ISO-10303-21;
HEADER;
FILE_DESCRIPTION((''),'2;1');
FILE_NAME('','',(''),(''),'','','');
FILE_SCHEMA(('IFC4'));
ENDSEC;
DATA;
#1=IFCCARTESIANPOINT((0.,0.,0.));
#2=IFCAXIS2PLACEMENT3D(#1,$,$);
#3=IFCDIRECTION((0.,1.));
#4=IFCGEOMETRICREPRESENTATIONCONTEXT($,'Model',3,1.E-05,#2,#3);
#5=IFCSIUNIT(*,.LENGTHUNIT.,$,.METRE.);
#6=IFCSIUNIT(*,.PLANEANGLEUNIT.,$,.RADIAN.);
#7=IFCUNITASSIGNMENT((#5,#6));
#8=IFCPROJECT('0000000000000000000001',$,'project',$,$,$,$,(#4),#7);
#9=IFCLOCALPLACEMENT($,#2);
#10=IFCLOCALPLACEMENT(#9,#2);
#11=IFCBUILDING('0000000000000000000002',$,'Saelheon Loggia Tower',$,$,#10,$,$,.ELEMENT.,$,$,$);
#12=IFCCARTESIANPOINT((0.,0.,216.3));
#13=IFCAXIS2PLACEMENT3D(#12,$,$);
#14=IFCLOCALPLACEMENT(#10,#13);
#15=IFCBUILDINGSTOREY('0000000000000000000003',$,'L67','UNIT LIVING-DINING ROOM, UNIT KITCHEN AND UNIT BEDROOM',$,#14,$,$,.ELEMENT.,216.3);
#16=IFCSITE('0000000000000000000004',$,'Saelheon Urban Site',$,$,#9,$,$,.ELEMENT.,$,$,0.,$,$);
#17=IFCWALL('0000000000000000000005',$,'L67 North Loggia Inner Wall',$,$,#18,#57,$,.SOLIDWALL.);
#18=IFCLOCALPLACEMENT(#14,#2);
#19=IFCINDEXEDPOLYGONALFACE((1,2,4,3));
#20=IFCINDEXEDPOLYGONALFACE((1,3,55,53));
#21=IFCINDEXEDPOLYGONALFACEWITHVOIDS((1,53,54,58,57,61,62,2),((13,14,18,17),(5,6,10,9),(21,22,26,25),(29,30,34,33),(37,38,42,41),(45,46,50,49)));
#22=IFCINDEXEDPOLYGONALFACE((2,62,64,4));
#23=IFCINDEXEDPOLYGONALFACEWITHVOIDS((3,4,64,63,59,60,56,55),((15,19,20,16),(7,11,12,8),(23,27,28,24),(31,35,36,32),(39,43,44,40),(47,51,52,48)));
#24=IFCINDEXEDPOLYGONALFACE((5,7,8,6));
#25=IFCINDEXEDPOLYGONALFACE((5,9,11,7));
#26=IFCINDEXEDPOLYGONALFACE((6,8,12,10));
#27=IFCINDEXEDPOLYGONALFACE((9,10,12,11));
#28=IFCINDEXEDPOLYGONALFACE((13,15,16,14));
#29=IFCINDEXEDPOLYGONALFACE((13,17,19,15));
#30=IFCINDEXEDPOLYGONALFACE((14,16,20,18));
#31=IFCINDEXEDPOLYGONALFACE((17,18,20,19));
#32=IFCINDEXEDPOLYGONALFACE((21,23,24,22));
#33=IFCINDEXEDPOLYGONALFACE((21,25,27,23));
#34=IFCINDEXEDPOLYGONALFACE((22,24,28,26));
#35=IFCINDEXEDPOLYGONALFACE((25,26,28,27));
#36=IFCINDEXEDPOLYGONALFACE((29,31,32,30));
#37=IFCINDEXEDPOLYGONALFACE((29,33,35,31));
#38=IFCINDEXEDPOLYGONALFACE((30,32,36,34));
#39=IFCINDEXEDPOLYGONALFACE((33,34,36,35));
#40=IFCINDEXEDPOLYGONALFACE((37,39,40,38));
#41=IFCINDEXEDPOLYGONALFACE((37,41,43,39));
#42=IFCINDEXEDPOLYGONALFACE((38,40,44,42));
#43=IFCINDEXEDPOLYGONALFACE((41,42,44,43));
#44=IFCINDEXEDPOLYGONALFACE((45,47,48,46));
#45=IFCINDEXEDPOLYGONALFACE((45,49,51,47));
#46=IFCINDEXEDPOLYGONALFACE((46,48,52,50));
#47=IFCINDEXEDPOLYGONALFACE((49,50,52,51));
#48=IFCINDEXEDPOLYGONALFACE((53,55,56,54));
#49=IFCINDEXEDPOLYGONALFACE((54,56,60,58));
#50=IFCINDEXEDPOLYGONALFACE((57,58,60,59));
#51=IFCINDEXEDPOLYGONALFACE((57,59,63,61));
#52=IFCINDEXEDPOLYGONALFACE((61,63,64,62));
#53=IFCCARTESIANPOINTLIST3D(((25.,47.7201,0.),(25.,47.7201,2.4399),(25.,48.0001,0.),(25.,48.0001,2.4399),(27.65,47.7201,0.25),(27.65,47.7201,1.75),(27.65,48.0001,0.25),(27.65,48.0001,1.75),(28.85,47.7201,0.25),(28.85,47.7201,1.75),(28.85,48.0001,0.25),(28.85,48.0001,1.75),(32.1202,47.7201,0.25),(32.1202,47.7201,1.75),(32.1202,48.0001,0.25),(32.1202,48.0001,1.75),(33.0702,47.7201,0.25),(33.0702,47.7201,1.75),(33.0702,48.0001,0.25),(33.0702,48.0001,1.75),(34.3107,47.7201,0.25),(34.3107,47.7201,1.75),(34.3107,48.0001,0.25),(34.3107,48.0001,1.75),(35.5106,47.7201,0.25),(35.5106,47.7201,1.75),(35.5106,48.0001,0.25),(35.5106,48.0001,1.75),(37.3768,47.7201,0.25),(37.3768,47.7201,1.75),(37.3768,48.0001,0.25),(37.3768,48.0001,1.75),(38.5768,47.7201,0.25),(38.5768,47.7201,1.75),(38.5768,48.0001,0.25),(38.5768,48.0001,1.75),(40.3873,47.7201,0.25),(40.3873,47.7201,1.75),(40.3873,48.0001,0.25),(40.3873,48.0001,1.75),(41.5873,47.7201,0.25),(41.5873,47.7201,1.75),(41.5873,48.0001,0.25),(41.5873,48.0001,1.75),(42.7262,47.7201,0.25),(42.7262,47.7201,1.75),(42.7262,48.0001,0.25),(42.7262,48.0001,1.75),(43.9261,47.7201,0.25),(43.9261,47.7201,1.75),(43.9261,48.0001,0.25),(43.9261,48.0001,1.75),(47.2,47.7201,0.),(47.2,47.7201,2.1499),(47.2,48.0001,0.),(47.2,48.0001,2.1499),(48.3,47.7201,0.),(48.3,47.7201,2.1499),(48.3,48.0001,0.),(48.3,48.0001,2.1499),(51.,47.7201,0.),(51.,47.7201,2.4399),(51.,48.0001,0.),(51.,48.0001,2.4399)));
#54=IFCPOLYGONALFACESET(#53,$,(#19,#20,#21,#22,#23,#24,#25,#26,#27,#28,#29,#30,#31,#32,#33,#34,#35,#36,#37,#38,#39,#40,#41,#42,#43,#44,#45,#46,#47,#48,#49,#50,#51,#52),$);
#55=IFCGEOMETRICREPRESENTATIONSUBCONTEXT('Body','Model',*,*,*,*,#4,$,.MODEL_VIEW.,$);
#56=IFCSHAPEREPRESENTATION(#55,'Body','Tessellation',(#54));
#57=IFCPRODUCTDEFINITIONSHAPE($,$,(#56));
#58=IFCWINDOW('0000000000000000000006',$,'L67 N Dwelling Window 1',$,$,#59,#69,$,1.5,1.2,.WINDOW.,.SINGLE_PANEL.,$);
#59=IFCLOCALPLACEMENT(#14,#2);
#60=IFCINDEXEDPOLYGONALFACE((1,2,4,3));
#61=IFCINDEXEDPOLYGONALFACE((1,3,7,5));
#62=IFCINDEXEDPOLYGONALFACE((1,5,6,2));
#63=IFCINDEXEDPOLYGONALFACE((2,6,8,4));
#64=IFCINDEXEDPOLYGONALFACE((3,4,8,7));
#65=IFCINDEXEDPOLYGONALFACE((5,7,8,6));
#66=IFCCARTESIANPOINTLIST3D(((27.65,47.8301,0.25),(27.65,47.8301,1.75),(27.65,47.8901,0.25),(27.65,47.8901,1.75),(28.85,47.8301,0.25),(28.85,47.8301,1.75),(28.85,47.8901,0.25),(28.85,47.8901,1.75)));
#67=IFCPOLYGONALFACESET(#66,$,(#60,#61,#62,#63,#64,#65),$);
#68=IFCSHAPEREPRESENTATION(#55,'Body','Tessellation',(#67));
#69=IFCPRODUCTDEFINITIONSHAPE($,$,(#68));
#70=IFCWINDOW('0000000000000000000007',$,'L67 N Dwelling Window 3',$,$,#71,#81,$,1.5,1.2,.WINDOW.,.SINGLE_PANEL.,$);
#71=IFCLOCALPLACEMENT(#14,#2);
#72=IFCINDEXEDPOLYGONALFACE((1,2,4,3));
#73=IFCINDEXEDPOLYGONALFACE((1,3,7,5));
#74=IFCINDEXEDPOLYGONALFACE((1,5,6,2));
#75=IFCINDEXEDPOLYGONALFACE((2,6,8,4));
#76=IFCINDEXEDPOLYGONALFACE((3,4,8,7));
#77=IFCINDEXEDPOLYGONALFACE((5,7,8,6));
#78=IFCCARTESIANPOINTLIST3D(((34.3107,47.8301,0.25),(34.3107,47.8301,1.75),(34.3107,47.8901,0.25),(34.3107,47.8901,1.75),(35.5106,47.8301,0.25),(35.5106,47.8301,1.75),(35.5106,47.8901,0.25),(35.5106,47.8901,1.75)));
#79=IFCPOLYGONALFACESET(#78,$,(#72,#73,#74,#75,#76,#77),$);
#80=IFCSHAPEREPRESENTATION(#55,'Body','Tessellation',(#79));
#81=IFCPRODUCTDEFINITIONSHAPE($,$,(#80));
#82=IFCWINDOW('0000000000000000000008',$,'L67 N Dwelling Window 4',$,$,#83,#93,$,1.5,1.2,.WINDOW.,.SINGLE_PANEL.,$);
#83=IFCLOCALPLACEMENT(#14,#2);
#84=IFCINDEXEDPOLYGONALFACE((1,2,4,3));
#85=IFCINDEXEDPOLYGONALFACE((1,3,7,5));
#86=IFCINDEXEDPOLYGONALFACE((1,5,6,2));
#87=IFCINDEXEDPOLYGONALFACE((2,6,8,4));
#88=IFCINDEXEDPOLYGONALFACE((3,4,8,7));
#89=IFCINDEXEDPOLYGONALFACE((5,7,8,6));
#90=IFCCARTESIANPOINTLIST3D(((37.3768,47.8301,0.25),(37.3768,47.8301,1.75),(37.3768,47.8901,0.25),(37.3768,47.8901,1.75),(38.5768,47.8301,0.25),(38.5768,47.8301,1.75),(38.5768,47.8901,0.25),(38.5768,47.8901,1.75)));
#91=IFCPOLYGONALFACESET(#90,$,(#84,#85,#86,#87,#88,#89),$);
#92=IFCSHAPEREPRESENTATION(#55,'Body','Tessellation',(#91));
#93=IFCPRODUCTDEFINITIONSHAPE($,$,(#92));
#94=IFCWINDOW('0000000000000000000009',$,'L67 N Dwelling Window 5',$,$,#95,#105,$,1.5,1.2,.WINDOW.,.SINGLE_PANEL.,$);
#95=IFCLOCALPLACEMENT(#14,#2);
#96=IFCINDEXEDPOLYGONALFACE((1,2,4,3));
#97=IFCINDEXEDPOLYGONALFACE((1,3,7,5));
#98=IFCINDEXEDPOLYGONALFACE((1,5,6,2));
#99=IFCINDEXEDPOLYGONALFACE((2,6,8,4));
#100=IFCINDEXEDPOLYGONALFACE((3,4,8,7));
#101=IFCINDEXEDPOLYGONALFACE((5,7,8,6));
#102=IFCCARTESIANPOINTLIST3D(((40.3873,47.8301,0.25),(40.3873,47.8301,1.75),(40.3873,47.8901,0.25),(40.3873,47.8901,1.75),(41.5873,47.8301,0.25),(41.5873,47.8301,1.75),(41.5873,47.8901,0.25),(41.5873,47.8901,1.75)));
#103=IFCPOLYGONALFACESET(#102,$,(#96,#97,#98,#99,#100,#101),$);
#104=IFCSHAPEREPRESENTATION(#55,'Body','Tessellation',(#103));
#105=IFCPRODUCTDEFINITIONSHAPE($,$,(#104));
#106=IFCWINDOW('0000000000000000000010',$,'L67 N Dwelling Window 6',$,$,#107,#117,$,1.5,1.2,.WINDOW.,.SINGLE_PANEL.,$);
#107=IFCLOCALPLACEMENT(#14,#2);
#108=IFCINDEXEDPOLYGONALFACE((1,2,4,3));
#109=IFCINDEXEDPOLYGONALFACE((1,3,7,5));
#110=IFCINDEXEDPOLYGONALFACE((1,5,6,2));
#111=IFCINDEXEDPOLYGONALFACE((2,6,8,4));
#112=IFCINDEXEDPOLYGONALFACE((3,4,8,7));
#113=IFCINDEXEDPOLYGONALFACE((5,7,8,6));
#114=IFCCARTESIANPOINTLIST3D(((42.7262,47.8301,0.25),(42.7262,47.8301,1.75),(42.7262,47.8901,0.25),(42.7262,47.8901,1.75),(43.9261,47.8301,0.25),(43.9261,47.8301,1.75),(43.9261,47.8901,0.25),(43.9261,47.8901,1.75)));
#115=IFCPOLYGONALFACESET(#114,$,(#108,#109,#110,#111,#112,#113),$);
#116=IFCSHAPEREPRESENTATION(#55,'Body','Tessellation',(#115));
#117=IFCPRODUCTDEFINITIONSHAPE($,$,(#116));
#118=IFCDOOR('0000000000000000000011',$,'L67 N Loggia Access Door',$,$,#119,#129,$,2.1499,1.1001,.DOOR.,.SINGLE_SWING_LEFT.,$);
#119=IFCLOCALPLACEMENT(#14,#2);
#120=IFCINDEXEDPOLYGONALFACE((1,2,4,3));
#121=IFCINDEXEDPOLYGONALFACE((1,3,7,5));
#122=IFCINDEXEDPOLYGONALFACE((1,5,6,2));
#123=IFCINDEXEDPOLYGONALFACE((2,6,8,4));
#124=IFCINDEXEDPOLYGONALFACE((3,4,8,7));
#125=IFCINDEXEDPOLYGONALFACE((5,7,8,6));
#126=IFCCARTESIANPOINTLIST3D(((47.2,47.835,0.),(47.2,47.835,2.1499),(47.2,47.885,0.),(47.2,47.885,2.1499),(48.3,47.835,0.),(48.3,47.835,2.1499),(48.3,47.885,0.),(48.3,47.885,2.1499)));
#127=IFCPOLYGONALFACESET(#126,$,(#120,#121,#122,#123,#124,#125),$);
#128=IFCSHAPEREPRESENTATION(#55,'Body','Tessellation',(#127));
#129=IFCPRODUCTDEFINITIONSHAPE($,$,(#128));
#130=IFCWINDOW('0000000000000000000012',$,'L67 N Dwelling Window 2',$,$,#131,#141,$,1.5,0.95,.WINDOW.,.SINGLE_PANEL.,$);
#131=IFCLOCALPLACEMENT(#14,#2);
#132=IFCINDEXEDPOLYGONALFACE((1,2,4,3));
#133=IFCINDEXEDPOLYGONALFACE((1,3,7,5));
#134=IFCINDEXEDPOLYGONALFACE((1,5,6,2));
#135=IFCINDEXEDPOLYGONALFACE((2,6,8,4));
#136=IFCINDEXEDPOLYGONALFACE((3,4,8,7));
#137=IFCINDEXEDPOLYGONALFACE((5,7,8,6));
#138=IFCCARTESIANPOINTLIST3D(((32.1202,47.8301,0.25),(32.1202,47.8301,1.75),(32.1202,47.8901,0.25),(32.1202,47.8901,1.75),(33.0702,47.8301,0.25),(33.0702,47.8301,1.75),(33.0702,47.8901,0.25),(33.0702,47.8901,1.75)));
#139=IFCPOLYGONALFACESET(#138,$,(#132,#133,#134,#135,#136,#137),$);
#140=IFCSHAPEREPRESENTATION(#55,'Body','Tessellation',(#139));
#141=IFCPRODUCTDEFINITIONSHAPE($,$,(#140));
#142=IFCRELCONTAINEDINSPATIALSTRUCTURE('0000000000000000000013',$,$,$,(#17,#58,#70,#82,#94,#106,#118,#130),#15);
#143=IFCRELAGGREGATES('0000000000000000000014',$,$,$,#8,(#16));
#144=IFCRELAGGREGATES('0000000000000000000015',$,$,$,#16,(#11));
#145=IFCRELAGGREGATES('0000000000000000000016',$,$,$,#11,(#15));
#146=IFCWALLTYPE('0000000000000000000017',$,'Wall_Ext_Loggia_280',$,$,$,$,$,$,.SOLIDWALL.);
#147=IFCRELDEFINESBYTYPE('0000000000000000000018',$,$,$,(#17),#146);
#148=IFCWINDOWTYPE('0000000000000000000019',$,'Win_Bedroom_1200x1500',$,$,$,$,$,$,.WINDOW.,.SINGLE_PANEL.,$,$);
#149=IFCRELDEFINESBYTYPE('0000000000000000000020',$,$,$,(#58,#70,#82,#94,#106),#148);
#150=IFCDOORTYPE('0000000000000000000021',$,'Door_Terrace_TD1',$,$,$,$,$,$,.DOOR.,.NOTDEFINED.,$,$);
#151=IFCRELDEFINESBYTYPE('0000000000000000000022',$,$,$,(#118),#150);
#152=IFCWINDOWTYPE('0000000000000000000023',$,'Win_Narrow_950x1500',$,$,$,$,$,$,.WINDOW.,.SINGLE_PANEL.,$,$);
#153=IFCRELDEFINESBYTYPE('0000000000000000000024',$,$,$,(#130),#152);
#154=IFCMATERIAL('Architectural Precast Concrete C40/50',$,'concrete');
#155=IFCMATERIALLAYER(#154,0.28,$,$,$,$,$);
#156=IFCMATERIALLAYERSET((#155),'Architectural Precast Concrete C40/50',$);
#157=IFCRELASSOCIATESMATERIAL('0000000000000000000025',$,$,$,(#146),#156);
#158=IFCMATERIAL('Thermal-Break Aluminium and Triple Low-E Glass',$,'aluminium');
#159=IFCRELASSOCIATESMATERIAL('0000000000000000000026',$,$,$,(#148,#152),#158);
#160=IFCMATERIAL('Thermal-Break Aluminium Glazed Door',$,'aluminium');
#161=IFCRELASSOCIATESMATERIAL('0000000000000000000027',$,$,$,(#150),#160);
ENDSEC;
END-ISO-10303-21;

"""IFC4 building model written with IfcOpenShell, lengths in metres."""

from ifc_helpers import new_model, si_unit, direction, frame, frame_2d, origin, place, context, subcontext, project, spatial, rectangle, extrude, source, transform, mapped, material, layer, layer_set, type_object, element, fill, save


model = new_model("IFC4")

# Units and contexts
model_context = context("Model", 3, precision=1e-05, world=origin(), true_north=direction((0.0, 1.0)))
body_context = subcontext(model_context, "Body", "Model", "MODEL_VIEW")
ifc_project = project(units=[si_unit("LENGTHUNIT", "METRE"), si_unit("PLANEANGLEUNIT", "RADIAN")], contexts=[model_context])

# Site, building, storey
site_placement = place(None, origin())
site = spatial("IfcSite", under=ifc_project, at=site_placement, Name="Saelheon Urban Site", CompositionType="ELEMENT", RefElevation=0.0)
building_placement = place(site_placement, origin())
building = spatial("IfcBuilding", under=site, at=building_placement, Name="Saelheon Loggia Tower", CompositionType="ELEMENT")
storey_placement = place(building_placement, frame((0.0, 0.0, 216.3)))
storey = spatial("IfcBuildingStorey", under=building, at=storey_placement, Name="L67", Description="UNIT LIVING-DINING ROOM, UNIT KITCHEN AND UNIT BEDROOM", CompositionType="ELEMENT", Elevation=216.3)

# Wall, openings, windows, door
ifc_material_1 = material(Name="Architectural Precast Concrete C40/50", Category="concrete")
ifc_layer_1 = layer(ifc_material_1, 0.28)
ifc_layer_set_1 = layer_set([ifc_layer_1], Name="Architectural Precast Concrete C40/50")
wall_type = type_object("IfcWallType", Name="Wall_Ext_Loggia_280", PredefinedType="SOLIDWALL", material=ifc_layer_set_1)
wall_placement = place(storey_placement, frame((25.0, 47.8601, 0.0), z_axis=(0.0, 0.0, 1.0), x_axis=(1.0, 0.0, 0.0)))
wall = element("IfcWall", 1, at=wall_placement, inside=storey, type_object=wall_type, Name="L67 North Loggia Inner Wall", PredefinedType="SOLIDWALL", context=body_context, shape_type="SweptSolid", body=[
    extrude(rectangle(XDim=26.0, YDim=0.28, at=frame_2d((13.0, 0.0))), origin(), (0.0, 0.0, 1.0), 2.4399),
])
opening_1_placement = place(wall_placement, frame((2.6499, 0.0, 0.25)))
opening_1 = element("IfcOpeningElement", 2, at=opening_1_placement, cuts=wall, PredefinedType="OPENING", context=body_context, shape_type="SweptSolid", body=[
    extrude(rectangle(XDim=1.2, YDim=1.5, at=frame_2d((0.6001, 0.75))), frame((0.0, 0.1521, 0.0), z_axis=(0.0, -1.0, 0.0), x_axis=(1.0, 0.0, 0.0)), (0.0, 0.0, 1.0), 0.304),
])
opening_2_placement = place(wall_placement, frame((7.1201, 0.0, 0.25)))
opening_2 = element("IfcOpeningElement", 3, at=opening_2_placement, cuts=wall, PredefinedType="OPENING", context=body_context, shape_type="SweptSolid", body=[
    extrude(rectangle(XDim=0.95, YDim=1.5, at=frame_2d((0.4751, 0.75))), frame((0.0, 0.1521, 0.0), z_axis=(0.0, -1.0, 0.0), x_axis=(1.0, 0.0, 0.0)), (0.0, 0.0, 1.0), 0.304),
])
opening_3_placement = place(wall_placement, frame((9.3105, 0.0, 0.25)))
opening_3 = element("IfcOpeningElement", 4, at=opening_3_placement, cuts=wall, PredefinedType="OPENING", context=body_context, shape_type="SweptSolid", body=[
    extrude(rectangle(XDim=1.2, YDim=1.5, at=frame_2d((0.6001, 0.75))), frame((0.0, 0.1521, 0.0), z_axis=(0.0, -1.0, 0.0), x_axis=(1.0, 0.0, 0.0)), (0.0, 0.0, 1.0), 0.304),
])
opening_4_placement = place(wall_placement, frame((12.3767, 0.0, 0.25)))
opening_4 = element("IfcOpeningElement", 5, at=opening_4_placement, cuts=wall, PredefinedType="OPENING", context=body_context, shape_type="SweptSolid", body=[
    extrude(rectangle(XDim=1.2, YDim=1.5, at=frame_2d((0.6001, 0.75))), frame((0.0, 0.1521, 0.0), z_axis=(0.0, -1.0, 0.0), x_axis=(1.0, 0.0, 0.0)), (0.0, 0.0, 1.0), 0.304),
])
opening_5_placement = place(wall_placement, frame((15.3872, 0.0, 0.25)))
opening_5 = element("IfcOpeningElement", 6, at=opening_5_placement, cuts=wall, PredefinedType="OPENING", context=body_context, shape_type="SweptSolid", body=[
    extrude(rectangle(XDim=1.2, YDim=1.5, at=frame_2d((0.6001, 0.75))), frame((0.0, 0.1521, 0.0), z_axis=(0.0, -1.0, 0.0), x_axis=(1.0, 0.0, 0.0)), (0.0, 0.0, 1.0), 0.304),
])
opening_6_placement = place(wall_placement, frame((17.7261, 0.0, 0.25)))
opening_6 = element("IfcOpeningElement", 7, at=opening_6_placement, cuts=wall, PredefinedType="OPENING", context=body_context, shape_type="SweptSolid", body=[
    extrude(rectangle(XDim=1.2, YDim=1.5, at=frame_2d((0.6001, 0.75))), frame((0.0, 0.1521, 0.0), z_axis=(0.0, -1.0, 0.0), x_axis=(1.0, 0.0, 0.0)), (0.0, 0.0, 1.0), 0.304),
])
opening_7_placement = place(wall_placement, frame((22.2, 0.0, 0.0)))
opening_7 = element("IfcOpeningElement", 8, at=opening_7_placement, cuts=wall, PredefinedType="OPENING", context=body_context, shape_type="SweptSolid", body=[
    extrude(rectangle(XDim=1.1001, YDim=2.1499, at=frame_2d((0.55, 1.075))), frame((0.0, 0.1521, 0.0), z_axis=(0.0, -1.0, 0.0), x_axis=(1.0, 0.0, 0.0)), (0.0, 0.0, 1.0), 0.304),
])
ifc_material_2 = material(Name="Thermal-Break Aluminium and Triple Low-E Glass", Category="aluminium")
window_type_1 = type_object("IfcWindowType", Name="Win_Bedroom_1200x1500", PartitioningType="SINGLE_PANEL", PredefinedType="WINDOW", material=ifc_material_2)
shared_shape_1 = source(origin(), body_context, "Body", "SweptSolid", [
    extrude(rectangle(XDim=1.2, YDim=1.5, at=frame_2d((0.6001, 0.75))), frame((0.0, 0.03, 0.0), z_axis=(0.0, -1.0, 0.0), x_axis=(1.0, 0.0, 0.0)), (0.0, 0.0, 1.0), 0.0601),
])
window_1_placement = place(opening_1_placement, origin())
window_1 = element("IfcWindow", 9, at=window_1_placement, inside=storey, type_object=window_type_1, Name="L67 N Dwelling Window 1", OverallHeight=1.5, OverallWidth=1.2, PartitioningType="SINGLE_PANEL", PredefinedType="WINDOW", context=body_context, shape_type="MappedRepresentation", body=[
    mapped(shared_shape_1, transform((0.0, 0.0, 0.0), scale=1.0)),
])
fill(opening_1, window_1)
window_2_placement = place(opening_3_placement, origin())
window_2 = element("IfcWindow", 10, at=window_2_placement, inside=storey, type_object=window_type_1, Name="L67 N Dwelling Window 3", OverallHeight=1.5, OverallWidth=1.2, PartitioningType="SINGLE_PANEL", PredefinedType="WINDOW", context=body_context, shape_type="MappedRepresentation", body=[
    mapped(shared_shape_1, transform((0.0, 0.0, 0.0), scale=1.0)),
])
fill(opening_3, window_2)
window_3_placement = place(opening_4_placement, origin())
window_3 = element("IfcWindow", 11, at=window_3_placement, inside=storey, type_object=window_type_1, Name="L67 N Dwelling Window 4", OverallHeight=1.5, OverallWidth=1.2, PartitioningType="SINGLE_PANEL", PredefinedType="WINDOW", context=body_context, shape_type="MappedRepresentation", body=[
    mapped(shared_shape_1, transform((0.0, 0.0, 0.0), scale=1.0)),
])
fill(opening_4, window_3)
window_4_placement = place(opening_5_placement, origin())
window_4 = element("IfcWindow", 12, at=window_4_placement, inside=storey, type_object=window_type_1, Name="L67 N Dwelling Window 5", OverallHeight=1.5, OverallWidth=1.2, PartitioningType="SINGLE_PANEL", PredefinedType="WINDOW", context=body_context, shape_type="MappedRepresentation", body=[
    mapped(shared_shape_1, transform((0.0, 0.0, 0.0), scale=1.0)),
])
fill(opening_5, window_4)
window_5_placement = place(opening_6_placement, origin())
window_5 = element("IfcWindow", 13, at=window_5_placement, inside=storey, type_object=window_type_1, Name="L67 N Dwelling Window 6", OverallHeight=1.5, OverallWidth=1.2, PartitioningType="SINGLE_PANEL", PredefinedType="WINDOW", context=body_context, shape_type="MappedRepresentation", body=[
    mapped(shared_shape_1, transform((0.0, 0.0, 0.0), scale=1.0)),
])
fill(opening_6, window_5)
ifc_material_3 = material(Name="Thermal-Break Aluminium Glazed Door", Category="aluminium")
door_type = type_object("IfcDoorType", Name="Door_Terrace_TD1", OperationType="NOTDEFINED", PredefinedType="DOOR", material=ifc_material_3)
shared_shape_2 = source(origin(), body_context, "Body", "SweptSolid", [
    extrude(rectangle(XDim=1.1001, YDim=2.1499, at=frame_2d((0.55, 1.075))), frame((0.0, 0.0249, 0.0), z_axis=(0.0, -1.0, 0.0), x_axis=(1.0, 0.0, 0.0)), (0.0, 0.0, 1.0), 0.05),
])
door_placement = place(opening_7_placement, origin())
door = element("IfcDoor", 14, at=door_placement, inside=storey, type_object=door_type, Name="L67 N Loggia Access Door", OperationType="SINGLE_SWING_LEFT", OverallHeight=2.1499, OverallWidth=1.1001, PredefinedType="DOOR", context=body_context, shape_type="MappedRepresentation", body=[
    mapped(shared_shape_2, transform((0.0, 0.0, 0.0), scale=1.0)),
])
fill(opening_7, door)
window_type_2 = type_object("IfcWindowType", Name="Win_Narrow_950x1500", PartitioningType="SINGLE_PANEL", PredefinedType="WINDOW", material=ifc_material_2)
shared_shape_3 = source(origin(), body_context, "Body", "SweptSolid", [
    extrude(rectangle(XDim=0.95, YDim=1.5, at=frame_2d((0.4751, 0.75))), frame((0.0, 0.03, 0.0), z_axis=(0.0, -1.0, 0.0), x_axis=(1.0, 0.0, 0.0)), (0.0, 0.0, 1.0), 0.0601),
])
window_6_placement = place(opening_2_placement, origin())
window_6 = element("IfcWindow", 15, at=window_6_placement, inside=storey, type_object=window_type_2, Name="L67 N Dwelling Window 2", OverallHeight=1.5, OverallWidth=0.95, PartitioningType="SINGLE_PANEL", PredefinedType="WINDOW", context=body_context, shape_type="MappedRepresentation", body=[
    mapped(shared_shape_3, transform((0.0, 0.0, 0.0), scale=1.0)),
])
fill(opening_2, window_6)

save(model, "model.ifc")
